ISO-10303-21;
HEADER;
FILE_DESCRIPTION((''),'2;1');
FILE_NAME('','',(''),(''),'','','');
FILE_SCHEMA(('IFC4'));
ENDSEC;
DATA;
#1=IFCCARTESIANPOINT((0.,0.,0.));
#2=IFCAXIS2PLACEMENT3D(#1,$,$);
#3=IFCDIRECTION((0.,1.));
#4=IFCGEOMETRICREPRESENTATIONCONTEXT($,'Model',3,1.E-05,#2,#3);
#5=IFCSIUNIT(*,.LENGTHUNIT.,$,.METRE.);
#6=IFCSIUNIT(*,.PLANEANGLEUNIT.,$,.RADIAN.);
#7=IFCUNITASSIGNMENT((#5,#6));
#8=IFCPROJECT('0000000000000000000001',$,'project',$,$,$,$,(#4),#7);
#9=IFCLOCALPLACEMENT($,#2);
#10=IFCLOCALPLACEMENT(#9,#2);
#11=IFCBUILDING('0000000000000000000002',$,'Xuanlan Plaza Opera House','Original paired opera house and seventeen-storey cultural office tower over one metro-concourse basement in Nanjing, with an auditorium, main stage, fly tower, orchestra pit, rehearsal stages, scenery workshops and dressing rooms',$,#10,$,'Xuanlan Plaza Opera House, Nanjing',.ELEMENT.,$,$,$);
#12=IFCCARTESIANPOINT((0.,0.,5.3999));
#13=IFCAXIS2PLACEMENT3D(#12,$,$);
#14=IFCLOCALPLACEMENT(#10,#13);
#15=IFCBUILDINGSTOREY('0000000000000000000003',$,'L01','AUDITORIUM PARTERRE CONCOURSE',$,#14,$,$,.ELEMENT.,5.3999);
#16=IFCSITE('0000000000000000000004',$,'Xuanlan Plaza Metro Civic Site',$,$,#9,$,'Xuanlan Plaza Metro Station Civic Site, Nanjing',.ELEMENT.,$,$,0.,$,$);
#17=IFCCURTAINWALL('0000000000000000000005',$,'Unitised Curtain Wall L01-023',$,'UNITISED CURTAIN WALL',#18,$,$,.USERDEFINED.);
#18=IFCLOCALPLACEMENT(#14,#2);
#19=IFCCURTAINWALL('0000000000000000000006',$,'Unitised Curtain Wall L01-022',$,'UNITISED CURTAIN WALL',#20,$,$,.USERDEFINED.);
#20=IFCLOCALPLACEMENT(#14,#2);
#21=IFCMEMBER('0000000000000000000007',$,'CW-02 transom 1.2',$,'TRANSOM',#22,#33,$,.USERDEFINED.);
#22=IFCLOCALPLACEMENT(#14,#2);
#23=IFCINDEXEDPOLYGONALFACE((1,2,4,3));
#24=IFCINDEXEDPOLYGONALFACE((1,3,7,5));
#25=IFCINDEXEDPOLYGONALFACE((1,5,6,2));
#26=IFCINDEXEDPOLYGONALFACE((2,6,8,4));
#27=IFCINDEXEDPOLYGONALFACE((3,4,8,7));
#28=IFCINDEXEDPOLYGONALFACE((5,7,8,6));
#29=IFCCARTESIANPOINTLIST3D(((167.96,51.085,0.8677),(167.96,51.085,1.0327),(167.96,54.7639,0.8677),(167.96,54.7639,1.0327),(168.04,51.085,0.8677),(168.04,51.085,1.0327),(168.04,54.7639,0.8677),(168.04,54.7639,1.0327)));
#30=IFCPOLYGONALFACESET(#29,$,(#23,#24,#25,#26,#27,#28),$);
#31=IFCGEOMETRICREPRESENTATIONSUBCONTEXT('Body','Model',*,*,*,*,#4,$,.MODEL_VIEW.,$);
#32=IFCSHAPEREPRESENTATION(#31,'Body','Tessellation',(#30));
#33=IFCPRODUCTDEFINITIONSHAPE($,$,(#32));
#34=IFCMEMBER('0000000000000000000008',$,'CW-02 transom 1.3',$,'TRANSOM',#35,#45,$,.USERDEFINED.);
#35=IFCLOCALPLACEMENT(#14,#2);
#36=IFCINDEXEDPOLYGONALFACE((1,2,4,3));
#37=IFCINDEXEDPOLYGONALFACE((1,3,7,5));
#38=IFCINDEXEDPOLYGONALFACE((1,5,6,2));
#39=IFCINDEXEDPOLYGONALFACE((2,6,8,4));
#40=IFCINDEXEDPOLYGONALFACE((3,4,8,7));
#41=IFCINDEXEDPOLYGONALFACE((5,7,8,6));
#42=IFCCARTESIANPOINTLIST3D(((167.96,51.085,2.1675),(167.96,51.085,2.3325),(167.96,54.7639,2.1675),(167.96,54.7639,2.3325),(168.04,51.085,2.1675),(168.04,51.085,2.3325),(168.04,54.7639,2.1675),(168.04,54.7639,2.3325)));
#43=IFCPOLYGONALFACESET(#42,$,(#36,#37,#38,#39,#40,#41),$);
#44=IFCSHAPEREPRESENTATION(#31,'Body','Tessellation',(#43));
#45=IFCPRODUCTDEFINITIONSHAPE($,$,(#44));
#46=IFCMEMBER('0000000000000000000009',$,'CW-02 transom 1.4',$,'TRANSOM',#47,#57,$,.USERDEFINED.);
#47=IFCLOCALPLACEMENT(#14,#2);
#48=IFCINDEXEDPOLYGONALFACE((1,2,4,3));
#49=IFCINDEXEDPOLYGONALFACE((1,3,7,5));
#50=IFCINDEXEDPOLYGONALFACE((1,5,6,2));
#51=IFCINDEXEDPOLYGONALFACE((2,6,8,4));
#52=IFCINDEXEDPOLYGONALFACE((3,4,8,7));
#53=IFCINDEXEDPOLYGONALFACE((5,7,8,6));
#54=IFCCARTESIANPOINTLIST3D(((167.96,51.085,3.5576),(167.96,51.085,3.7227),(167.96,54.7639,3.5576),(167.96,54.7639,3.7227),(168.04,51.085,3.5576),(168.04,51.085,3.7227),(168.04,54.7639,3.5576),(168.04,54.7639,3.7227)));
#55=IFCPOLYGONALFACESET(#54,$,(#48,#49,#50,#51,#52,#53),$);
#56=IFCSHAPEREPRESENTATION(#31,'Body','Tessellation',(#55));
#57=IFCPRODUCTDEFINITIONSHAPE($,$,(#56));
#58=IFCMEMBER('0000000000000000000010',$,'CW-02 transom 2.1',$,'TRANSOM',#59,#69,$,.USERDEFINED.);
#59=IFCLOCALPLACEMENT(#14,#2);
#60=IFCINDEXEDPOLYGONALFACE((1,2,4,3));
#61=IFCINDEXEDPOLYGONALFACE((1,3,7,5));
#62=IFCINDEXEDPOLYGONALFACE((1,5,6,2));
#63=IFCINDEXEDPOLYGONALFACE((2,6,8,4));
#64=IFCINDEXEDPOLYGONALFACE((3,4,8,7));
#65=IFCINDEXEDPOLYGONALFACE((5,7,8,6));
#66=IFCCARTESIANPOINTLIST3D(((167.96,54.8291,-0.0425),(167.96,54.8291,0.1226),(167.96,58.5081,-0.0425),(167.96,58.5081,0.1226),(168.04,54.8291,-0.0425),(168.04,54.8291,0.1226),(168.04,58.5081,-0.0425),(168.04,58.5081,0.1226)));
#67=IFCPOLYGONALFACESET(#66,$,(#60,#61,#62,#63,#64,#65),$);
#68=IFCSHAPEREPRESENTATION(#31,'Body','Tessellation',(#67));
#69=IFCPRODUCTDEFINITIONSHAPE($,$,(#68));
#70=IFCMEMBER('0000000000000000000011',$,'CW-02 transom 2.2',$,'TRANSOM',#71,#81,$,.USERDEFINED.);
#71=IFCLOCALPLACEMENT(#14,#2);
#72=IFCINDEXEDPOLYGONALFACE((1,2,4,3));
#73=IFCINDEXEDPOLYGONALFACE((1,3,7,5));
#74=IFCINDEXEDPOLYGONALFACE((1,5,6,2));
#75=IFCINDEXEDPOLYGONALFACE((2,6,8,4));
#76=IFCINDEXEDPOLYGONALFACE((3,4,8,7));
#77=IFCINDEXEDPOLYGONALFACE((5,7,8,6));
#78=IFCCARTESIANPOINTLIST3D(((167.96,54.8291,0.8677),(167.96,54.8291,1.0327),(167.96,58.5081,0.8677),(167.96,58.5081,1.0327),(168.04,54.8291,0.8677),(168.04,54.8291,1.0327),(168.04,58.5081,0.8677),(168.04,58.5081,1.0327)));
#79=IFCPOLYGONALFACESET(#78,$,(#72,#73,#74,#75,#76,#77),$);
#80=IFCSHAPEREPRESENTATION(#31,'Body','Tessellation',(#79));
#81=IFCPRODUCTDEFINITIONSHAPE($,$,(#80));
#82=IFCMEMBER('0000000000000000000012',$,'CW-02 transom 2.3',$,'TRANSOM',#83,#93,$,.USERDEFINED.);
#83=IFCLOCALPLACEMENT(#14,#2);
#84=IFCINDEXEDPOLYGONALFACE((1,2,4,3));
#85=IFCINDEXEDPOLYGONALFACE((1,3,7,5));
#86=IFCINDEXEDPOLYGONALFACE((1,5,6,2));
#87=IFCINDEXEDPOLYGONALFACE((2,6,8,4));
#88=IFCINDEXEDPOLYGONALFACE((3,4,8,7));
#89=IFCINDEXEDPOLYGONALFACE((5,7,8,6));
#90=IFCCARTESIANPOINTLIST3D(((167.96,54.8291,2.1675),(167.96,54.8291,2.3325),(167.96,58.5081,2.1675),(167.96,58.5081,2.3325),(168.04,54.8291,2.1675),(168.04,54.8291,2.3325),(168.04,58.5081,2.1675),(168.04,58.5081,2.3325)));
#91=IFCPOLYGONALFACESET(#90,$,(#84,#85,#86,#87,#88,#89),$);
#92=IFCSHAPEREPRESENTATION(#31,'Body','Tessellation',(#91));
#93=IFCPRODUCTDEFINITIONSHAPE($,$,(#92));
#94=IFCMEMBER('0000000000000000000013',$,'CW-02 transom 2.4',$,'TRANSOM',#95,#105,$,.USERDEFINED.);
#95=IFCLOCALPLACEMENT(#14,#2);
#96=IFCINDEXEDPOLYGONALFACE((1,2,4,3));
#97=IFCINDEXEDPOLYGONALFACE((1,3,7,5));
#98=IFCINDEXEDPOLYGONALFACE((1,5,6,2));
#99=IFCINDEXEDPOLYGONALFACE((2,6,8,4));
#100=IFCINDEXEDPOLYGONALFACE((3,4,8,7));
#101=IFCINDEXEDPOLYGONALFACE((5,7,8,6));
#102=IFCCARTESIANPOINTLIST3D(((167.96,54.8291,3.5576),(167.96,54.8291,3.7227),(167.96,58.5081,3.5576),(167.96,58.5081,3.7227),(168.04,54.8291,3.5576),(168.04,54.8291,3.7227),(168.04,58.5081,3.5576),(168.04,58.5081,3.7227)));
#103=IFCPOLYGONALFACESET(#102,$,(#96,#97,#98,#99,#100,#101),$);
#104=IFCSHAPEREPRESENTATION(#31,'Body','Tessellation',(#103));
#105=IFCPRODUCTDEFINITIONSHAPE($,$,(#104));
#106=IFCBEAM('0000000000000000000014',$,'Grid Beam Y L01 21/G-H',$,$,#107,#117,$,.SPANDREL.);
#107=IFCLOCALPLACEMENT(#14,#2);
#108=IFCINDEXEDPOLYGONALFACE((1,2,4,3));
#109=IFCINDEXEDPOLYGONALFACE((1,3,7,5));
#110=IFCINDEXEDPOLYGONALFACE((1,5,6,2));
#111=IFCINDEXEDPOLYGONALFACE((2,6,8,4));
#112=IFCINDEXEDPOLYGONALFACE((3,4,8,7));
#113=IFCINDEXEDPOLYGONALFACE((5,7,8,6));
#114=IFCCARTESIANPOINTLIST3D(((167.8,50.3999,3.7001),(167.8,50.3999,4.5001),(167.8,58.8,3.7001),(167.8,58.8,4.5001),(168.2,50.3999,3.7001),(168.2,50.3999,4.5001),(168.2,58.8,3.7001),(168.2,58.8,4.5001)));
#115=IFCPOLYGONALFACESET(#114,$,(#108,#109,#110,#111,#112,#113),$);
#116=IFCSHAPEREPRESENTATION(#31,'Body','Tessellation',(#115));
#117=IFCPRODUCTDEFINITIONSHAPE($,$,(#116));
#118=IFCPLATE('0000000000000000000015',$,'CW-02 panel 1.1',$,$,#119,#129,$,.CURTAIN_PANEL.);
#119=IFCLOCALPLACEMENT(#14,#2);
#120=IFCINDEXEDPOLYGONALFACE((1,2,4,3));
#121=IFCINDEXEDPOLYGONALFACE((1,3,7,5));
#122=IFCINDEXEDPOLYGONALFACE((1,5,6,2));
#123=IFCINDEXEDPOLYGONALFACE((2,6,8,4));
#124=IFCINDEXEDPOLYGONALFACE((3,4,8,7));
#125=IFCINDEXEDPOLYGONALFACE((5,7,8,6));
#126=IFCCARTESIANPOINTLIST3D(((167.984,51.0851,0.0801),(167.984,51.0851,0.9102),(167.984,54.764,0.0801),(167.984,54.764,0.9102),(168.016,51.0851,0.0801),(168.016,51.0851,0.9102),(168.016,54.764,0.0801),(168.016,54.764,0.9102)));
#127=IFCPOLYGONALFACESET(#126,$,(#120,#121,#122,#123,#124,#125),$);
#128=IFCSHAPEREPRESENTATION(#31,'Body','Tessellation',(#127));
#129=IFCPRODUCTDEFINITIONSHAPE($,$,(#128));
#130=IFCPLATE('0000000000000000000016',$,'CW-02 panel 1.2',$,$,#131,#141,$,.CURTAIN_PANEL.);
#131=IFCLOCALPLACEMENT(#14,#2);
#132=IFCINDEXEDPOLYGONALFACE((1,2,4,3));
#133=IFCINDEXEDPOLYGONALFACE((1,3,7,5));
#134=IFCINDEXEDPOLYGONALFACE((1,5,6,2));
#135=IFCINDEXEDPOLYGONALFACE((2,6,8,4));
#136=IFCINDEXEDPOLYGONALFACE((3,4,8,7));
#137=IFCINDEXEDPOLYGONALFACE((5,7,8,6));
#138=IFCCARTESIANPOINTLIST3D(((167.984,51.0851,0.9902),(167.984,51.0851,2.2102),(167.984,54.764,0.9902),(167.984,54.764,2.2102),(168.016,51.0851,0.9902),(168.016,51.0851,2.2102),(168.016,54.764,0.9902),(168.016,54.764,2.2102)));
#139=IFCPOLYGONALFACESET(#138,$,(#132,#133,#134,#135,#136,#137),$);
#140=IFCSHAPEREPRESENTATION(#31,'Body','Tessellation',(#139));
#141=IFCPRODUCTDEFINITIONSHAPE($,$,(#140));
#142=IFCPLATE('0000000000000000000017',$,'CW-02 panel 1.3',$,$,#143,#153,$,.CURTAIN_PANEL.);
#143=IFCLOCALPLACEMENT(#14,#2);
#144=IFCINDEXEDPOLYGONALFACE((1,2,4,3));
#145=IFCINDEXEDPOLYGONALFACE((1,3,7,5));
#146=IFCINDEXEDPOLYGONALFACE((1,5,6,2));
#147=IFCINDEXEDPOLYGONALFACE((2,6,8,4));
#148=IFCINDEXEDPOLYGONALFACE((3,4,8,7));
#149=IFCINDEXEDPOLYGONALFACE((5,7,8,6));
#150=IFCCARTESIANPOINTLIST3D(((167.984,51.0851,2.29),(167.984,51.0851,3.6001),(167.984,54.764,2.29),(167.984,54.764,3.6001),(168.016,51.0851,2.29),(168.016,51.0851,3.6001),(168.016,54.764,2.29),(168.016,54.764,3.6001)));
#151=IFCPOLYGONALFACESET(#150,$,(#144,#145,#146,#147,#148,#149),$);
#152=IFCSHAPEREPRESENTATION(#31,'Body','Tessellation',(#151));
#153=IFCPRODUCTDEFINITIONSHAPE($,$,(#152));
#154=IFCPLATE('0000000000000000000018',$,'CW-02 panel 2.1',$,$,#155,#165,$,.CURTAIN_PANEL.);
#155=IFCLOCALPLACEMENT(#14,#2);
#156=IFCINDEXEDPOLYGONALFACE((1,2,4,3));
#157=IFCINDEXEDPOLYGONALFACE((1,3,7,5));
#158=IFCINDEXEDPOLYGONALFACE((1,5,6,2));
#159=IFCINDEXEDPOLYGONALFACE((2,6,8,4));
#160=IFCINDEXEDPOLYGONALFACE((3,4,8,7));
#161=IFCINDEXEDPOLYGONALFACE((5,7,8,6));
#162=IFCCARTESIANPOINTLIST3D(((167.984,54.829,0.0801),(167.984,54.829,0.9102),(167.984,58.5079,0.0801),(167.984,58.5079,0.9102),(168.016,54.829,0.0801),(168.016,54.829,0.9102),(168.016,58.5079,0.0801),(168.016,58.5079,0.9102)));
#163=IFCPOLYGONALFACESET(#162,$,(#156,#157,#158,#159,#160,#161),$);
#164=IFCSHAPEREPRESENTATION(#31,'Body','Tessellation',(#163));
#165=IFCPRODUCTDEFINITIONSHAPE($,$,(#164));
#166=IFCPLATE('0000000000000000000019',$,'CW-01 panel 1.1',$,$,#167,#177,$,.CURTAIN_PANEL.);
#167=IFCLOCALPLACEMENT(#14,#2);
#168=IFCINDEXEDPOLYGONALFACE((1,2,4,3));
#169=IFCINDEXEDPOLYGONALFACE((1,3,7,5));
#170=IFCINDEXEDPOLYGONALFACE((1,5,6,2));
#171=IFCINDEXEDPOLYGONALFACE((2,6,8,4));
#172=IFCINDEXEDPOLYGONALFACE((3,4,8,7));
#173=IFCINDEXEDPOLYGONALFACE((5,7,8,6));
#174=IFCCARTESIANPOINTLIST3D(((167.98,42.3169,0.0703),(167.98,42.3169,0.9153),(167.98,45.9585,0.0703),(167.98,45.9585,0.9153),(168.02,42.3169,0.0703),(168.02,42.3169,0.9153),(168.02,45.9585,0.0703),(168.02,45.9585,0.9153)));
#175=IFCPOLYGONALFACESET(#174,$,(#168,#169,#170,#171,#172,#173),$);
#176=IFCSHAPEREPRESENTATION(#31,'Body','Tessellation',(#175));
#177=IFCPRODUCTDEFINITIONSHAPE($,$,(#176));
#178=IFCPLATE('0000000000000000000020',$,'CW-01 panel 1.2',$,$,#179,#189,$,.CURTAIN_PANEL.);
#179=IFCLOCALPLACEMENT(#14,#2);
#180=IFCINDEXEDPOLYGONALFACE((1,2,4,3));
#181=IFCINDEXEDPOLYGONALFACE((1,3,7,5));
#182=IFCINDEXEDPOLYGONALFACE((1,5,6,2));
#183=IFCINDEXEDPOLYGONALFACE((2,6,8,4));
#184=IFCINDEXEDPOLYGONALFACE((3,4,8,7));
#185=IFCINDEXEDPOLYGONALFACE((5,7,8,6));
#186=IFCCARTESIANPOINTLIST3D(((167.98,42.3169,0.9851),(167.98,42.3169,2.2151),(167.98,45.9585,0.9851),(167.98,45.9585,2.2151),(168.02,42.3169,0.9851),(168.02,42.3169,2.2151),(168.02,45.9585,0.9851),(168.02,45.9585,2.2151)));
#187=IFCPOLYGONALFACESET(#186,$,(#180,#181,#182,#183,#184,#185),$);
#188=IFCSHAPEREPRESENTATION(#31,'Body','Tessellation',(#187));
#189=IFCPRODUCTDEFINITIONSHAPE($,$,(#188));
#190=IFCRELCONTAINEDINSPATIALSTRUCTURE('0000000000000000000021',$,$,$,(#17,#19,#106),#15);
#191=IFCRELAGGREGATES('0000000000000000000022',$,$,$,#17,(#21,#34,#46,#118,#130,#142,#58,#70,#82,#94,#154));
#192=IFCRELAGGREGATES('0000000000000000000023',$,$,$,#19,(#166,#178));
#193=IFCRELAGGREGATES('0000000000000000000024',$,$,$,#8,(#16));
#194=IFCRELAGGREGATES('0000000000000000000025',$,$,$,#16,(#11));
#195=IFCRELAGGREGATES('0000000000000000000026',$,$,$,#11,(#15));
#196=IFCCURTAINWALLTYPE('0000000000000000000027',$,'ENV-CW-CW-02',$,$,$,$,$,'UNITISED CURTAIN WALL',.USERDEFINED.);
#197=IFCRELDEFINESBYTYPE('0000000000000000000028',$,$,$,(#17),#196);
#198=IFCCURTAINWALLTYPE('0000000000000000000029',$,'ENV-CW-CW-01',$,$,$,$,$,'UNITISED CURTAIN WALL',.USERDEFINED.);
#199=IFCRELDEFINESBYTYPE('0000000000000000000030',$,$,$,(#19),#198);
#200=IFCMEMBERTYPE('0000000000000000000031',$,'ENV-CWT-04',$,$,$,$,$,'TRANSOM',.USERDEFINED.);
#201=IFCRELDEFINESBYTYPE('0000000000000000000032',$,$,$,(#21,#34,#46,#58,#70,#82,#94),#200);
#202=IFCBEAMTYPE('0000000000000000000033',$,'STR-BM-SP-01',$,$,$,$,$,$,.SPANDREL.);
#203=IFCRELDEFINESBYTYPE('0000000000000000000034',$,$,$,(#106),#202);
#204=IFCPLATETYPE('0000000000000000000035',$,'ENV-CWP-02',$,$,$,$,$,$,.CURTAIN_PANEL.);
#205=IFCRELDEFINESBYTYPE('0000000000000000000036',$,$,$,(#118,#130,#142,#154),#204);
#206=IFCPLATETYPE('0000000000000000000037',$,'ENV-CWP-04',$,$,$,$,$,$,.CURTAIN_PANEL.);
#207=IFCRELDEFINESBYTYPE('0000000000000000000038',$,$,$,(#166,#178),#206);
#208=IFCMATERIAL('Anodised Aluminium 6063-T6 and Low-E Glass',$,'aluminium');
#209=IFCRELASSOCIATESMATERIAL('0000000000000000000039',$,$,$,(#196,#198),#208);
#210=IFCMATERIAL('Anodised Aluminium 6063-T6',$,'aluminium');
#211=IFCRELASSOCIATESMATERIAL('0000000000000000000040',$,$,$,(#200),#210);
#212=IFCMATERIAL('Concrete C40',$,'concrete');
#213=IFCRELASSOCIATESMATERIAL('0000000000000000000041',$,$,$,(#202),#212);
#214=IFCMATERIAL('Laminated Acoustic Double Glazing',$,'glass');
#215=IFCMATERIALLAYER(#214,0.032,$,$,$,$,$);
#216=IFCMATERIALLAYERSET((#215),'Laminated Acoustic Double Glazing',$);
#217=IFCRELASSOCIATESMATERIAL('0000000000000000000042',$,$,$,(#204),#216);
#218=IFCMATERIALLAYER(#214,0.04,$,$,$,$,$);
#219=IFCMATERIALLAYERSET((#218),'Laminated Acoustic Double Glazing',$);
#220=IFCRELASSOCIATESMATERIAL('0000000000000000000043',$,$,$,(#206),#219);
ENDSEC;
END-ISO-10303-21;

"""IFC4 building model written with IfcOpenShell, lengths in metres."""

from ifc_helpers import new_model, si_unit, direction, frame, origin, origin_2d, place, context, subcontext, project, spatial, rectangle, extrude, material, layer, layer_set, material_profile, profile_set, type_object, element, aggregate, save


model = new_model("IFC4")

# Units and contexts
model_context = context("Model", 3, precision=1e-05, world=origin(), true_north=direction((0.0, 1.0)))
body_context = subcontext(model_context, "Body", "Model", "MODEL_VIEW")
ifc_project = project(units=[si_unit("LENGTHUNIT", "METRE"), si_unit("PLANEANGLEUNIT", "RADIAN")], contexts=[model_context])

# Site, building, storey
site_placement = place(None, origin())
site = spatial("IfcSite", under=ifc_project, at=site_placement, Name="Xuanlan Plaza Metro Civic Site", LongName="Xuanlan Plaza Metro Station Civic Site, Nanjing", CompositionType="ELEMENT", RefElevation=0.0)
building_placement = place(site_placement, origin())
building = spatial("IfcBuilding", under=site, at=building_placement, Name="Xuanlan Plaza Opera House", Description="Original paired opera house and seventeen-storey cultural office tower over one metro-concourse basement in Nanjing, with an auditorium, main stage, fly tower, orchestra pit, rehearsal stages, scenery workshops and dressing rooms", LongName="Xuanlan Plaza Opera House, Nanjing", CompositionType="ELEMENT")
storey_placement = place(building_placement, frame((0.0, 0.0, 5.3999)))
storey = spatial("IfcBuildingStorey", under=building, at=storey_placement, Name="L01", Description="AUDITORIUM PARTERRE CONCOURSE", CompositionType="ELEMENT", Elevation=5.3999)

# Curtain walls
ifc_material_1 = material(Name="Anodised Aluminium 6063-T6 and Low-E Glass", Category="aluminium")
curtain_wall_type_1 = type_object("IfcCurtainWallType", Name="ENV-CW-CW-02", ElementType="UNITISED CURTAIN WALL", PredefinedType="USERDEFINED", material=ifc_material_1)
curtain_wall_1_placement = place(storey_placement, origin())
curtain_wall_1 = element("IfcCurtainWall", 1, at=curtain_wall_1_placement, inside=storey, type_object=curtain_wall_type_1, Name="Unitised Curtain Wall L01-023", ObjectType="UNITISED CURTAIN WALL", PredefinedType="USERDEFINED")
ifc_material_2 = material(Name="Anodised Aluminium 6063-T6", Category="aluminium")
curtain_wall_type_2 = type_object("IfcCurtainWallType", Name="ENV-CW-CW-01", ElementType="UNITISED CURTAIN WALL", PredefinedType="USERDEFINED", material=ifc_material_1)
curtain_wall_2_placement = place(storey_placement, origin())
curtain_wall_2 = element("IfcCurtainWall", 2, at=curtain_wall_2_placement, inside=storey, type_object=curtain_wall_type_2, Name="Unitised Curtain Wall L01-022", ObjectType="UNITISED CURTAIN WALL", PredefinedType="USERDEFINED")

# Members
ifc_material_profile_1 = material_profile(ifc_material_2, rectangle(XDim=0.0801, YDim=0.165, at=origin_2d()), Name="ALU-T 80x165")
ifc_profile_set_1 = profile_set([ifc_material_profile_1], Name="Anodised Aluminium 6063-T6")
member_type_1 = type_object("IfcMemberType", Name="ENV-CWT-04", ElementType="TRANSOM", PredefinedType="USERDEFINED", material=ifc_profile_set_1)
member_1_placement = place(storey_placement, frame((168.0, 51.085, 0.9502), z_axis=(0.0, 1.0, 0.0), x_axis=(-1.0, 0.0, 0.0)))
member_1 = element("IfcMember", 3, at=member_1_placement, type_object=member_type_1, Name="CW-02 transom 1.2", ObjectType="TRANSOM", PredefinedType="USERDEFINED", context=body_context, shape_type="SweptSolid", body=[
    extrude(rectangle(XDim=0.0801, YDim=0.165, at=origin_2d()), origin(), (0.0, 0.0, 1.0), 3.679),
])
member_2_placement = place(storey_placement, frame((168.0, 51.085, 2.25), z_axis=(0.0, 1.0, 0.0), x_axis=(-1.0, 0.0, 0.0)))
member_2 = element("IfcMember", 4, at=member_2_placement, type_object=member_type_1, Name="CW-02 transom 1.3", ObjectType="TRANSOM", PredefinedType="USERDEFINED", context=body_context, shape_type="SweptSolid", body=[
    extrude(rectangle(XDim=0.0801, YDim=0.165, at=origin_2d()), origin(), (0.0, 0.0, 1.0), 3.679),
])
member_3_placement = place(storey_placement, frame((168.0, 51.085, 3.6401), z_axis=(0.0, 1.0, 0.0), x_axis=(-1.0, 0.0, 0.0)))
member_3 = element("IfcMember", 5, at=member_3_placement, type_object=member_type_1, Name="CW-02 transom 1.4", ObjectType="TRANSOM", PredefinedType="USERDEFINED", context=body_context, shape_type="SweptSolid", body=[
    extrude(rectangle(XDim=0.0801, YDim=0.165, at=origin_2d()), origin(), (0.0, 0.0, 1.0), 3.679),
])
member_4_placement = place(storey_placement, frame((168.0, 54.8291, 0.04), z_axis=(0.0, 1.0, 0.0), x_axis=(-1.0, 0.0, 0.0)))
member_4 = element("IfcMember", 6, at=member_4_placement, type_object=member_type_1, Name="CW-02 transom 2.1", ObjectType="TRANSOM", PredefinedType="USERDEFINED", context=body_context, shape_type="SweptSolid", body=[
    extrude(rectangle(XDim=0.0801, YDim=0.165, at=origin_2d()), origin(), (0.0, 0.0, 1.0), 3.679),
])
member_5_placement = place(storey_placement, frame((168.0, 54.8291, 0.9502), z_axis=(0.0, 1.0, 0.0), x_axis=(-1.0, 0.0, 0.0)))
member_5 = element("IfcMember", 7, at=member_5_placement, type_object=member_type_1, Name="CW-02 transom 2.2", ObjectType="TRANSOM", PredefinedType="USERDEFINED", context=body_context, shape_type="SweptSolid", body=[
    extrude(rectangle(XDim=0.0801, YDim=0.165, at=origin_2d()), origin(), (0.0, 0.0, 1.0), 3.679),
])
member_6_placement = place(storey_placement, frame((168.0, 54.8291, 2.25), z_axis=(0.0, 1.0, 0.0), x_axis=(-1.0, 0.0, 0.0)))
member_6 = element("IfcMember", 8, at=member_6_placement, type_object=member_type_1, Name="CW-02 transom 2.3", ObjectType="TRANSOM", PredefinedType="USERDEFINED", context=body_context, shape_type="SweptSolid", body=[
    extrude(rectangle(XDim=0.0801, YDim=0.165, at=origin_2d()), origin(), (0.0, 0.0, 1.0), 3.679),
])
member_7_placement = place(storey_placement, frame((168.0, 54.8291, 3.6401), z_axis=(0.0, 1.0, 0.0), x_axis=(-1.0, 0.0, 0.0)))
member_7 = element("IfcMember", 9, at=member_7_placement, type_object=member_type_1, Name="CW-02 transom 2.4", ObjectType="TRANSOM", PredefinedType="USERDEFINED", context=body_context, shape_type="SweptSolid", body=[
    extrude(rectangle(XDim=0.0801, YDim=0.165, at=origin_2d()), origin(), (0.0, 0.0, 1.0), 3.679),
])

# Beam
ifc_material_3 = material(Name="Concrete C40", Category="concrete")
ifc_material_profile_2 = material_profile(ifc_material_3, rectangle(XDim=0.3999, YDim=0.8, at=origin_2d()), Name="RC-SPD 400x800")
ifc_profile_set_2 = profile_set([ifc_material_profile_2], Name="Concrete C40")
beam_type = type_object("IfcBeamType", Name="STR-BM-SP-01", PredefinedType="SPANDREL", material=ifc_profile_set_2)
beam_placement = place(storey_placement, frame((168.0, 50.3999, 4.1001), z_axis=(0.0, 1.0, 0.0), x_axis=(-1.0, 0.0, 0.0)))
element("IfcBeam", 10, at=beam_placement, inside=storey, type_object=beam_type, Name="Grid Beam Y L01 21/G-H", PredefinedType="SPANDREL", context=body_context, shape_type="SweptSolid", body=[
    extrude(rectangle(XDim=0.3999, YDim=0.8, at=origin_2d()), origin(), (0.0, 0.0, 1.0), 8.4001),
])

# Plates
ifc_material_4 = material(Name="Laminated Acoustic Double Glazing", Category="glass")
ifc_layer_1 = layer(ifc_material_4, 0.032)
ifc_layer_set_1 = layer_set([ifc_layer_1], Name="Laminated Acoustic Double Glazing")
plate_type_1 = type_object("IfcPlateType", Name="ENV-CWP-02", PredefinedType="CURTAIN_PANEL", material=ifc_layer_set_1)
plate_1_placement = place(storey_placement, frame((168.0, 52.9246, 0.0801), z_axis=(0.0, 0.0, 1.0), x_axis=(0.0, 1.0, 0.0)))
plate_1 = element("IfcPlate", 11, at=plate_1_placement, type_object=plate_type_1, Name="CW-02 panel 1.1", PredefinedType="CURTAIN_PANEL", context=body_context, shape_type="SweptSolid", body=[
    extrude(rectangle(XDim=3.679, YDim=0.032, at=origin_2d()), origin(), (0.0, 0.0, 1.0), 0.8301),
])
plate_2_placement = place(storey_placement, frame((168.0, 52.9246, 0.9902), z_axis=(0.0, 0.0, 1.0), x_axis=(0.0, 1.0, 0.0)))
plate_2 = element("IfcPlate", 12, at=plate_2_placement, type_object=plate_type_1, Name="CW-02 panel 1.2", PredefinedType="CURTAIN_PANEL", context=body_context, shape_type="SweptSolid", body=[
    extrude(rectangle(XDim=3.679, YDim=0.032, at=origin_2d()), origin(), (0.0, 0.0, 1.0), 1.22),
])
plate_3_placement = place(storey_placement, frame((168.0, 52.9246, 2.29), z_axis=(0.0, 0.0, 1.0), x_axis=(0.0, 1.0, 0.0)))
plate_3 = element("IfcPlate", 13, at=plate_3_placement, type_object=plate_type_1, Name="CW-02 panel 1.3", PredefinedType="CURTAIN_PANEL", context=body_context, shape_type="SweptSolid", body=[
    extrude(rectangle(XDim=3.679, YDim=0.032, at=origin_2d()), origin(), (0.0, 0.0, 1.0), 1.3101),
])
plate_4_placement = place(storey_placement, frame((168.0, 56.6685, 0.0801), z_axis=(0.0, 0.0, 1.0), x_axis=(0.0, 1.0, 0.0)))
plate_4 = element("IfcPlate", 14, at=plate_4_placement, type_object=plate_type_1, Name="CW-02 panel 2.1", PredefinedType="CURTAIN_PANEL", context=body_context, shape_type="SweptSolid", body=[
    extrude(rectangle(XDim=3.679, YDim=0.032, at=origin_2d()), origin(), (0.0, 0.0, 1.0), 0.8301),
])
aggregate(curtain_wall_1, [member_1, member_2, member_3, plate_1, plate_2, plate_3, member_4, member_5, member_6, member_7, plate_4])
ifc_layer_2 = layer(ifc_material_4, 0.04)
ifc_layer_set_2 = layer_set([ifc_layer_2], Name="Laminated Acoustic Double Glazing")
plate_type_2 = type_object("IfcPlateType", Name="ENV-CWP-04", PredefinedType="CURTAIN_PANEL", material=ifc_layer_set_2)
plate_5_placement = place(storey_placement, frame((168.0, 44.1377, 0.0703), z_axis=(0.0, 0.0, 1.0), x_axis=(0.0, 1.0, 0.0)))
plate_5 = element("IfcPlate", 15, at=plate_5_placement, type_object=plate_type_2, Name="CW-01 panel 1.1", PredefinedType="CURTAIN_PANEL", context=body_context, shape_type="SweptSolid", body=[
    extrude(rectangle(XDim=3.6416, YDim=0.04, at=origin_2d()), origin(), (0.0, 0.0, 1.0), 0.845),
])
plate_6_placement = place(storey_placement, frame((168.0, 44.1377, 0.9851), z_axis=(0.0, 0.0, 1.0), x_axis=(0.0, 1.0, 0.0)))
plate_6 = element("IfcPlate", 16, at=plate_6_placement, type_object=plate_type_2, Name="CW-01 panel 1.2", PredefinedType="CURTAIN_PANEL", context=body_context, shape_type="SweptSolid", body=[
    extrude(rectangle(XDim=3.6416, YDim=0.04, at=origin_2d()), origin(), (0.0, 0.0, 1.0), 1.23),
])
aggregate(curtain_wall_2, [plate_5, plate_6])

save(model, "model.ifc")
